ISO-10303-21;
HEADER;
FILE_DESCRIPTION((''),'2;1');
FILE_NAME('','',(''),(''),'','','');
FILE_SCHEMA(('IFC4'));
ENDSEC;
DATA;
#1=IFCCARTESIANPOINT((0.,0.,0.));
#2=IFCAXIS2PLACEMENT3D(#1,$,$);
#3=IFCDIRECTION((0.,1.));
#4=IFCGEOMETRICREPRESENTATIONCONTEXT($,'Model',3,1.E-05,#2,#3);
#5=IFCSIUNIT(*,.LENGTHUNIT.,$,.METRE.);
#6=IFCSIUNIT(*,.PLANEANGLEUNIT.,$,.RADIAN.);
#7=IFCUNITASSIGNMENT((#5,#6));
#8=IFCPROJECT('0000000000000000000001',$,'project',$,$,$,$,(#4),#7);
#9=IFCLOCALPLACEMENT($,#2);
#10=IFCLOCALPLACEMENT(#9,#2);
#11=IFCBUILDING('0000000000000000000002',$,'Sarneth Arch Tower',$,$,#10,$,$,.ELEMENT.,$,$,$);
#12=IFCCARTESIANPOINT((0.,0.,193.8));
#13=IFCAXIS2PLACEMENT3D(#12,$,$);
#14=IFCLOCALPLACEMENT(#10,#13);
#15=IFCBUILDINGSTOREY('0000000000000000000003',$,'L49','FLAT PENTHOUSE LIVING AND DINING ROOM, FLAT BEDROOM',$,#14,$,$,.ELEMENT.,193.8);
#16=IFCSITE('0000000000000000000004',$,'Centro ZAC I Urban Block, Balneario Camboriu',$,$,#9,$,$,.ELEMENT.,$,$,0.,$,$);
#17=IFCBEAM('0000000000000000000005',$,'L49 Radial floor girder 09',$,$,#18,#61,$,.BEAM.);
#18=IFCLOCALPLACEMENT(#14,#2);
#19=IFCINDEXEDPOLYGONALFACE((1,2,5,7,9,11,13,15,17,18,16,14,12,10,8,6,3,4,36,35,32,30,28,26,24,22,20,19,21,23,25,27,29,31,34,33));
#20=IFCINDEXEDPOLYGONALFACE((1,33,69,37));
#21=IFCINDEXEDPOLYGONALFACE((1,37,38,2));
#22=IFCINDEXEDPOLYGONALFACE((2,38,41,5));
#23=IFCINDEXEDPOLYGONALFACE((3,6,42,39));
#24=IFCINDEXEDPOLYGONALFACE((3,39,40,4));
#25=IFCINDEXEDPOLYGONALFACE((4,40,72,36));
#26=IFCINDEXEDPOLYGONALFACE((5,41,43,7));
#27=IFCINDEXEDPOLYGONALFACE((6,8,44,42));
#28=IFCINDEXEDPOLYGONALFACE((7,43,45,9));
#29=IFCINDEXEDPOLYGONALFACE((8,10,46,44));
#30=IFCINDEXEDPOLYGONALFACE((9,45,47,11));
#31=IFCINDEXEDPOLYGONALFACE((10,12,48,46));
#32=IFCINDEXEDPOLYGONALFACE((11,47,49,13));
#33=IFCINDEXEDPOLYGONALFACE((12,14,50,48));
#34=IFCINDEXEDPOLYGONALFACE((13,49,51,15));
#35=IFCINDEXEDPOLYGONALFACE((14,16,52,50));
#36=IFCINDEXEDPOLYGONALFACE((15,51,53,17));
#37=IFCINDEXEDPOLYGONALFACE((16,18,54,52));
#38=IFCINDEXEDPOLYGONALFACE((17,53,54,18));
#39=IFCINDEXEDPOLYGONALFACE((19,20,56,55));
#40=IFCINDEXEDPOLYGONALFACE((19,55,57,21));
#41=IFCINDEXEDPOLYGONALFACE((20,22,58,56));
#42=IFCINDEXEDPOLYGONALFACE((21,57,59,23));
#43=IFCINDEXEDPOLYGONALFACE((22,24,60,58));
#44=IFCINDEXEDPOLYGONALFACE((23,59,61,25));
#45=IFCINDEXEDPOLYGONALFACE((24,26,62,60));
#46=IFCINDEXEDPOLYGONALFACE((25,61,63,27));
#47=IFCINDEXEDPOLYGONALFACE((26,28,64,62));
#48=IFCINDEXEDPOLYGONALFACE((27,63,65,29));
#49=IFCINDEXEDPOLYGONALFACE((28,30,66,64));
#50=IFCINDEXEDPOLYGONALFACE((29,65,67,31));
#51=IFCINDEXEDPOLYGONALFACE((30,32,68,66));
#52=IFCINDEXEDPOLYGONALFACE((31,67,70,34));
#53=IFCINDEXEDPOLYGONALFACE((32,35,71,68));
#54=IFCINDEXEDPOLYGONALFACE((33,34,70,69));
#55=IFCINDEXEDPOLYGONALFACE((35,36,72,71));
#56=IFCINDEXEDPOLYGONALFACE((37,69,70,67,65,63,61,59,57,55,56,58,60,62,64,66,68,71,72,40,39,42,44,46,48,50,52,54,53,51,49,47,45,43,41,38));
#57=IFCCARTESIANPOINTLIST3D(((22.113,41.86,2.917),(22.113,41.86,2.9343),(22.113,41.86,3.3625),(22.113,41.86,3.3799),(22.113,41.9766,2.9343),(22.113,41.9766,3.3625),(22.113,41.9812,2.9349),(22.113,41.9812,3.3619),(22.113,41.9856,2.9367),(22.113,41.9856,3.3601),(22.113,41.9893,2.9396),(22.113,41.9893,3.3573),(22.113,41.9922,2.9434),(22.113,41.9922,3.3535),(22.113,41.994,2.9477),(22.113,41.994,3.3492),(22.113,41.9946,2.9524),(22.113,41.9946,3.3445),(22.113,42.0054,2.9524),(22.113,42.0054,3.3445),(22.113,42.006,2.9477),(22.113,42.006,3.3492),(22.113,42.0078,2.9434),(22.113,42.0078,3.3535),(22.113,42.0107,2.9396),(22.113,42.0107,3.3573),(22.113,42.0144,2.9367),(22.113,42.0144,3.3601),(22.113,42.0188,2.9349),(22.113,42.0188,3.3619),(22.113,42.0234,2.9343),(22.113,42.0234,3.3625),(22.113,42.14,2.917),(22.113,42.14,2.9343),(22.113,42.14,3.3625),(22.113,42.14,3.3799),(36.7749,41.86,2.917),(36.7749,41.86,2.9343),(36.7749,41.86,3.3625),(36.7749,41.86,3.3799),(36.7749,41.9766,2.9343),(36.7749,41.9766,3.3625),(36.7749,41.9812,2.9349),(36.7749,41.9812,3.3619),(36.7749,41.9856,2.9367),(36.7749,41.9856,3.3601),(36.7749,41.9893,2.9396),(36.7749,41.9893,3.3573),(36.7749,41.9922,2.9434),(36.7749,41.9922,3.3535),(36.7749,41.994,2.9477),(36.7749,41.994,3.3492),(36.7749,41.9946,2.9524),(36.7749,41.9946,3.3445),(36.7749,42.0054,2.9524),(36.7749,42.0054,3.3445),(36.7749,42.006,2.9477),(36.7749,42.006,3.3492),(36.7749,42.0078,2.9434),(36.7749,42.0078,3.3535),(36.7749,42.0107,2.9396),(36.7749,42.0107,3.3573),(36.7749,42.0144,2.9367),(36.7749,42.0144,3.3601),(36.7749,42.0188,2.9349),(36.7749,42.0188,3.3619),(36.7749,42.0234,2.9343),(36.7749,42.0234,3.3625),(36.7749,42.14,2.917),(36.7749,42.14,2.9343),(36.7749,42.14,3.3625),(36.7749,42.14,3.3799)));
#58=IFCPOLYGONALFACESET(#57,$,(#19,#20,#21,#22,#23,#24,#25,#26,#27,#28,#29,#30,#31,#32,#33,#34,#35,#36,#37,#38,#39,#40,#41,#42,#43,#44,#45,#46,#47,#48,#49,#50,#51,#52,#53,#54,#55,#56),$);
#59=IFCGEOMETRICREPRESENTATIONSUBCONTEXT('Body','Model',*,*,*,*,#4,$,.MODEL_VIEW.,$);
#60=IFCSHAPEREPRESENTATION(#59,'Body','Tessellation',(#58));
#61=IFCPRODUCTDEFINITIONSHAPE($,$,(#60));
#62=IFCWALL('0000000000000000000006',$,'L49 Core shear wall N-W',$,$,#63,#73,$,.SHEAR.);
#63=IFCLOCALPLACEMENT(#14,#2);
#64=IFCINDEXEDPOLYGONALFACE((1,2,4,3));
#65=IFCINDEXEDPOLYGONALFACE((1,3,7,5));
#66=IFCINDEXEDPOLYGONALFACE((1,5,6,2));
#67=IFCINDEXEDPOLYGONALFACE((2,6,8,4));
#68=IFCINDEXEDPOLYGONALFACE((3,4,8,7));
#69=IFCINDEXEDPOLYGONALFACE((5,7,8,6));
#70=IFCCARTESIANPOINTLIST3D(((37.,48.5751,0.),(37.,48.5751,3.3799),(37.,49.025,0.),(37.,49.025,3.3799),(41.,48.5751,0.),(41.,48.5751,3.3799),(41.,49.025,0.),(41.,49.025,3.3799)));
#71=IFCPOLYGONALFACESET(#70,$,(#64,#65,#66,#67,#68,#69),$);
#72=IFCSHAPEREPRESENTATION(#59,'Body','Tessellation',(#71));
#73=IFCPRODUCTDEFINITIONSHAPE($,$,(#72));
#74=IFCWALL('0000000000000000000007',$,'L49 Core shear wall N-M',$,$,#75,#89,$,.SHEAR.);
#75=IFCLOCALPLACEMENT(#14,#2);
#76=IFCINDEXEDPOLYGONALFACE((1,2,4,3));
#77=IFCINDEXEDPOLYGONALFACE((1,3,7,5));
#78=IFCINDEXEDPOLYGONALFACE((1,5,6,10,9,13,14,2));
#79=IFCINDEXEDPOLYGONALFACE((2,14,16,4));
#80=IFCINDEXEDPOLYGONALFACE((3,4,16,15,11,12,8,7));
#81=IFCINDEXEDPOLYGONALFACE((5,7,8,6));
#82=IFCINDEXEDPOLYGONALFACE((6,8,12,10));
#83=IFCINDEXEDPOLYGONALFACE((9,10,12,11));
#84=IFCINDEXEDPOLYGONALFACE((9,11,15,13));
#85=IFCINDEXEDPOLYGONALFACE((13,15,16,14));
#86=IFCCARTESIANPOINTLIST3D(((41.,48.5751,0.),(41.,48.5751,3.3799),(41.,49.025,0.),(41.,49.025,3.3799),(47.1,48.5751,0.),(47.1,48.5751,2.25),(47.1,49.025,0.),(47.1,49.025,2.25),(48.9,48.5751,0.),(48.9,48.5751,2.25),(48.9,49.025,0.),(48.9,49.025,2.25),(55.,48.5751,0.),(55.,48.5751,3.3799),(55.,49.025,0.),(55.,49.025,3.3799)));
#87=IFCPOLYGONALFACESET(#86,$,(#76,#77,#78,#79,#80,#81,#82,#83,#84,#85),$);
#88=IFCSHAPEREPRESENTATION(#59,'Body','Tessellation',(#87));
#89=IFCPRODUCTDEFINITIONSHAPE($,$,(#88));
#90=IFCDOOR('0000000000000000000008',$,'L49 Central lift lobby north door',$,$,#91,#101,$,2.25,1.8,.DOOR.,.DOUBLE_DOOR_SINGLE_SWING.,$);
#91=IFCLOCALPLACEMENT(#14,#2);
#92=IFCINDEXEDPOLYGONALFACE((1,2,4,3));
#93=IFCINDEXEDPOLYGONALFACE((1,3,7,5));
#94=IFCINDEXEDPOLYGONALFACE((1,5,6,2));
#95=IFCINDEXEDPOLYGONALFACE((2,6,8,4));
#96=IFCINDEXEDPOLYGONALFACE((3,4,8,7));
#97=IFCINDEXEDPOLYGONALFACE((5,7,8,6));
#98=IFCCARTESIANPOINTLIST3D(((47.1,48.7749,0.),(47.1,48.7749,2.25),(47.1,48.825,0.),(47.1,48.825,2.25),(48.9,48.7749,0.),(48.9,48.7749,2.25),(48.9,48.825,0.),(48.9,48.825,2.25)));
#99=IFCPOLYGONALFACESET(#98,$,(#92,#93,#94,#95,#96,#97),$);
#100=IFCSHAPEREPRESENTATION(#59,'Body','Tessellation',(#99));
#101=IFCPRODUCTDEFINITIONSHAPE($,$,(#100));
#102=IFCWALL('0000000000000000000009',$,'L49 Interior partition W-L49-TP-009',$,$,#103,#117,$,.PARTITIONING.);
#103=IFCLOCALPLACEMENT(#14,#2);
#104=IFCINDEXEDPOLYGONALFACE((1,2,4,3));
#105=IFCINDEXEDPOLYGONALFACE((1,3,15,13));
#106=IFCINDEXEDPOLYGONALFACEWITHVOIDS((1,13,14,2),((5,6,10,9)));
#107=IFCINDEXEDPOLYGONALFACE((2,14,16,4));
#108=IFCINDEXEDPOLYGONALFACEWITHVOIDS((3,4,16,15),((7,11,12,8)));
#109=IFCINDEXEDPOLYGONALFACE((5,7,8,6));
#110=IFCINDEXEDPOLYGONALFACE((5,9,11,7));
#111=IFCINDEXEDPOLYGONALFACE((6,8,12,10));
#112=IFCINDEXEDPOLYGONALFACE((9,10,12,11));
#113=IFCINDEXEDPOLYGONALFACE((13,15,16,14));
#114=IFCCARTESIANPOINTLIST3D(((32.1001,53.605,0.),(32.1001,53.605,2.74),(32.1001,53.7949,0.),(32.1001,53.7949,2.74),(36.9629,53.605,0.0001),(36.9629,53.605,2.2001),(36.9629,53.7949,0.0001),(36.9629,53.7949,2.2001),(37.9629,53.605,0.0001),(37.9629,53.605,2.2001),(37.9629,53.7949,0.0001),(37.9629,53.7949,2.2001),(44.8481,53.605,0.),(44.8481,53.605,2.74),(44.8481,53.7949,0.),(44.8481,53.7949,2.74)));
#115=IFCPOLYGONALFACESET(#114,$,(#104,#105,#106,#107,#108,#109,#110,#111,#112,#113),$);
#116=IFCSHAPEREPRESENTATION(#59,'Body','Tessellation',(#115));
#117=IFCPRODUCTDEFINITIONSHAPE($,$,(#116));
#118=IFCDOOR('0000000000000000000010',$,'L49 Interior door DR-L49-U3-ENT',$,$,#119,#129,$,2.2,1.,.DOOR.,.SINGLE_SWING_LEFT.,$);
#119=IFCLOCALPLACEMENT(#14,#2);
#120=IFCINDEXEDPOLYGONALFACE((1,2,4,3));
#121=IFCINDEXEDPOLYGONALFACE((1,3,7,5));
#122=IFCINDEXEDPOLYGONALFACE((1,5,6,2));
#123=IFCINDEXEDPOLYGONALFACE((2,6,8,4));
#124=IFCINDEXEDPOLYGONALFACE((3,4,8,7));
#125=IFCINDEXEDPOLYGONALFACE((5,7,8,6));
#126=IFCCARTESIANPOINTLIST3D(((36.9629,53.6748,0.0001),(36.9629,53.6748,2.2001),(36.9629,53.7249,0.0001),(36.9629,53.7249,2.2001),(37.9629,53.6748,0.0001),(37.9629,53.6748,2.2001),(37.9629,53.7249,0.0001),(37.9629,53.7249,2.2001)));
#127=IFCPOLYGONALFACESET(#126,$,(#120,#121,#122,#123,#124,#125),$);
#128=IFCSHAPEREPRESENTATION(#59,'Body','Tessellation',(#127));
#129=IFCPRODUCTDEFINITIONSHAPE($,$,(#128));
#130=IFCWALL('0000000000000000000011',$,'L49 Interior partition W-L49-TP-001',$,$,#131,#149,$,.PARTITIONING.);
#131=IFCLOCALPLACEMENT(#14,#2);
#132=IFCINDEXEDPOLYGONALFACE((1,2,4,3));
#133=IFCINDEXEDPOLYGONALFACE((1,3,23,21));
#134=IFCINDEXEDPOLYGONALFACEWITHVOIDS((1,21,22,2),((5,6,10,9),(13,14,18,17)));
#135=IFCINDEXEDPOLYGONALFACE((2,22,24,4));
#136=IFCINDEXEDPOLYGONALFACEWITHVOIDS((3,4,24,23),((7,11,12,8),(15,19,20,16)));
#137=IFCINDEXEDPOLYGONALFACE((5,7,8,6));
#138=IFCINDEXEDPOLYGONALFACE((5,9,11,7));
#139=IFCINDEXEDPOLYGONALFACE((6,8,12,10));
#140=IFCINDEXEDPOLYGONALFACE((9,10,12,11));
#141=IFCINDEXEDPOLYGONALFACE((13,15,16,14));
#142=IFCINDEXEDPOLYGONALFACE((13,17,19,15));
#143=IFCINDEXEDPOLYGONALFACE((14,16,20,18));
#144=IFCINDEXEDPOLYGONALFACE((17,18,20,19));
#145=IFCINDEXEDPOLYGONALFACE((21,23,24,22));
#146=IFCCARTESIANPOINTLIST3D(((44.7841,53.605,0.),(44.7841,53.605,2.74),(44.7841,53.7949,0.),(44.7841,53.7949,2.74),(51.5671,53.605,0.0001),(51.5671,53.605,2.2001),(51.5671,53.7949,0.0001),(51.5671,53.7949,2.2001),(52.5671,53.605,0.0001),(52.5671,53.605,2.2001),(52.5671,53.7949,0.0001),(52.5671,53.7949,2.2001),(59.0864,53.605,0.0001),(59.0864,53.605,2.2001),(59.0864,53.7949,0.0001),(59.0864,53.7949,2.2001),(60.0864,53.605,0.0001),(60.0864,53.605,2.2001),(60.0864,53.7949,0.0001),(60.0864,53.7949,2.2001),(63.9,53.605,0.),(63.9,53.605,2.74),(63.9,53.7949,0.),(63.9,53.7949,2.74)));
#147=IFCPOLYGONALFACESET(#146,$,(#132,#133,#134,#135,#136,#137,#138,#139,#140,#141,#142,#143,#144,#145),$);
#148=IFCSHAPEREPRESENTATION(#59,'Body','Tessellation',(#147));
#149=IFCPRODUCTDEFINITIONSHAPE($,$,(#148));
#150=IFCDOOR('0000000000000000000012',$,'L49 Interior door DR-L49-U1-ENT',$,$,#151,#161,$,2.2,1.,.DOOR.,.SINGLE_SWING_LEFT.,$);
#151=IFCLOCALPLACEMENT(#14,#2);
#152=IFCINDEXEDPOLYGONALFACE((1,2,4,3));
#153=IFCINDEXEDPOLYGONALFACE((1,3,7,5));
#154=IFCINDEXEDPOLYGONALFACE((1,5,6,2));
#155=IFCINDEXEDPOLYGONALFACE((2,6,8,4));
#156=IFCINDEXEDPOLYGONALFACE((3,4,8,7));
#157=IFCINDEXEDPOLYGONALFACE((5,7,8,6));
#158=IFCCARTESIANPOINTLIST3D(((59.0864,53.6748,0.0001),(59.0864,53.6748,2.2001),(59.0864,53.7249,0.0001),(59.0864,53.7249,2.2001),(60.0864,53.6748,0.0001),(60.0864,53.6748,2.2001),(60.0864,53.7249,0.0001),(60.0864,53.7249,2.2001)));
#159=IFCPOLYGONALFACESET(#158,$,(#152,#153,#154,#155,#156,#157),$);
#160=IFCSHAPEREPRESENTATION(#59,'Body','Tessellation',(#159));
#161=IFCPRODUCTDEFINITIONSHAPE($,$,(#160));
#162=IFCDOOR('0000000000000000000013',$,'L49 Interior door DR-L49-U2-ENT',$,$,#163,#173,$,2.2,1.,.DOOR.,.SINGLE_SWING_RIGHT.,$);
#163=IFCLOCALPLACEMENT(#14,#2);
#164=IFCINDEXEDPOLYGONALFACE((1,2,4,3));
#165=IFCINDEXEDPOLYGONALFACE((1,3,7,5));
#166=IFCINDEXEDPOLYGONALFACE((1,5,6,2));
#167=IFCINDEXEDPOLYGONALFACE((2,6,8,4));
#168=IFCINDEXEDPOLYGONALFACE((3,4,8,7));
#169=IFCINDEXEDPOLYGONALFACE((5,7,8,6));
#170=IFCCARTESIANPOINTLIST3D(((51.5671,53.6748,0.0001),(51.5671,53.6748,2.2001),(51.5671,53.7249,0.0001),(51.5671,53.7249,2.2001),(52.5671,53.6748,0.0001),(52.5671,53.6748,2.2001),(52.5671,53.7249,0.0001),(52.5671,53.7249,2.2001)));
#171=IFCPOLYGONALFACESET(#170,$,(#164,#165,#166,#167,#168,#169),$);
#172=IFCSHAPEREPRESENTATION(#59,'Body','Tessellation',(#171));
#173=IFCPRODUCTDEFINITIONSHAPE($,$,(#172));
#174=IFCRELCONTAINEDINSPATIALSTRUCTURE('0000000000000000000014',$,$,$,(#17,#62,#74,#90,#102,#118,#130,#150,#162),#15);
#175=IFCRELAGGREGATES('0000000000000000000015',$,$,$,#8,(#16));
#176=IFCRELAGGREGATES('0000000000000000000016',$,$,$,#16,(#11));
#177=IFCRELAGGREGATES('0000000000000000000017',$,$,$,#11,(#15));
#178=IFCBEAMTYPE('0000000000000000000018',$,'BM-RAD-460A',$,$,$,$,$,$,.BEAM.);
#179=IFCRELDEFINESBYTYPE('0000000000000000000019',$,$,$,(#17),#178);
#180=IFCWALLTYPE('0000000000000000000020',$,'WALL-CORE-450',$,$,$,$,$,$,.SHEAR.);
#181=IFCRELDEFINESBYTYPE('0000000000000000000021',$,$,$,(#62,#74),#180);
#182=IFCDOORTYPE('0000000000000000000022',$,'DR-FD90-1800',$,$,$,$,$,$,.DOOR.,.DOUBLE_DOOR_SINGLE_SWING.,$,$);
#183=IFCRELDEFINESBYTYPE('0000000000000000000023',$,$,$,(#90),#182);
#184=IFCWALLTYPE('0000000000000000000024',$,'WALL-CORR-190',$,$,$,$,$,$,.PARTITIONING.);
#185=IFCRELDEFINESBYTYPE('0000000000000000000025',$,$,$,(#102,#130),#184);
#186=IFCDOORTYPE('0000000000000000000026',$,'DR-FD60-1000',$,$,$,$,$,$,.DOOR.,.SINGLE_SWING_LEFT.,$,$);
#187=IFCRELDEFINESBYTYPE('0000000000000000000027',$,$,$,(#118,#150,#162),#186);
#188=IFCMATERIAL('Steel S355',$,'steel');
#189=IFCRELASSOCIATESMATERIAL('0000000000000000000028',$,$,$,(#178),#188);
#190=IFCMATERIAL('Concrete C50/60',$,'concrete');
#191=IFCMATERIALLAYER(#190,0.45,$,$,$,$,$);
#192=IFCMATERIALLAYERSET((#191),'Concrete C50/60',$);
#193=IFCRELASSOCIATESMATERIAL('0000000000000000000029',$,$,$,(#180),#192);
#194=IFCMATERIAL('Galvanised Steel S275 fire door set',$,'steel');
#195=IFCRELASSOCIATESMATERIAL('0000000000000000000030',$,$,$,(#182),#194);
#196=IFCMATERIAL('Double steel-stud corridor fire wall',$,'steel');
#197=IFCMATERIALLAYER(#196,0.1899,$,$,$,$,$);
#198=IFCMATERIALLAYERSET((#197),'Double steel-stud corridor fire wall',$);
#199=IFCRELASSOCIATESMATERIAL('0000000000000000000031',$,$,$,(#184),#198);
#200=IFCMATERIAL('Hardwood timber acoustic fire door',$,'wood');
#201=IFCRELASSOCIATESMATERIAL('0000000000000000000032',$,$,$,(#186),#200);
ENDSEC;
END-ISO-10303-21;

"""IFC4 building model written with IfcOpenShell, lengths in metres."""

from ifc_helpers import new_model, si_unit, direction, frame, frame_2d, origin, origin_2d, place, context, subcontext, project, spatial, rectangle, i_section, extrude, material, layer, layer_set, material_profile, profile_set, type_object, element, fill, save


model = new_model("IFC4")

# Units and contexts
model_context = context("Model", 3, precision=1e-05, world=origin(), true_north=direction((0.0, 1.0)))
body_context = subcontext(model_context, "Body", "Model", "MODEL_VIEW")
ifc_project = project(units=[si_unit("LENGTHUNIT", "METRE"), si_unit("PLANEANGLEUNIT", "RADIAN")], contexts=[model_context])

# Site, building, storey
site_placement = place(None, origin())
site = spatial("IfcSite", under=ifc_project, at=site_placement, Name="Centro ZAC I Urban Block, Balneario Camboriu", CompositionType="ELEMENT", RefElevation=0.0)
building_placement = place(site_placement, origin())
building = spatial("IfcBuilding", under=site, at=building_placement, Name="Sarneth Arch Tower", CompositionType="ELEMENT")
storey_placement = place(building_placement, frame((0.0, 0.0, 193.8)))
storey = spatial("IfcBuildingStorey", under=building, at=storey_placement, Name="L49", Description="FLAT PENTHOUSE LIVING AND DINING ROOM, FLAT BEDROOM", CompositionType="ELEMENT", Elevation=193.8)

# Beam
ifc_material_1 = material(Name="Steel S355", Category="steel")
ifc_material_profile_1 = material_profile(ifc_material_1, i_section(OverallWidth=0.28, OverallDepth=0.4629, WebThickness=0.0107, FlangeThickness=0.0173, FilletRadius=0.0181, at=origin_2d()), Name="W460x113")
ifc_profile_set_1 = profile_set([ifc_material_profile_1], Name="Steel S355")
beam_type_1 = type_object("IfcBeamType", Name="BM-RAD-460A", PredefinedType="BEAM", material=ifc_profile_set_1)
beam_1_placement = place(storey_placement, frame((36.7749, 42.0, 3.1484), z_axis=(-1.0, 0.0, 0.0), x_axis=(0.0, -1.0, 0.0)))
element("IfcBeam", 1, at=beam_1_placement, inside=storey, type_object=beam_type_1, Name="L49 Radial floor girder 09", PredefinedType="BEAM", context=body_context, shape_type="SweptSolid", body=[
    extrude(i_section(OverallWidth=0.28, OverallDepth=0.4629, WebThickness=0.0107, FlangeThickness=0.0173, FilletRadius=0.0181, at=origin_2d()), origin(), (0.0, 0.0, 1.0), 14.6619),
])

# Wall
ifc_material_2 = material(Name="Concrete C50/60", Category="concrete")
ifc_layer_1 = layer(ifc_material_2, 0.45)
ifc_layer_set_1 = layer_set([ifc_layer_1], Name="Concrete C50/60")
wall_type_1 = type_object("IfcWallType", Name="WALL-CORE-450", PredefinedType="SHEAR", material=ifc_layer_set_1)
wall_1_placement = place(storey_placement, frame((37.0, 48.8, 0.0), z_axis=(0.0, 0.0, 1.0), x_axis=(1.0, 0.0, 0.0)))
element("IfcWall", 2, at=wall_1_placement, inside=storey, type_object=wall_type_1, Name="L49 Core shear wall N-W", PredefinedType="SHEAR", context=body_context, shape_type="SweptSolid", body=[
    extrude(rectangle(XDim=4.0, YDim=0.45, at=frame_2d((2.0, 0.0))), origin(), (0.0, 0.0, 1.0), 3.3799),
])

# Walls, openings, doors
wall_2_placement = place(storey_placement, frame((41.0, 48.8, 0.0), z_axis=(0.0, 0.0, 1.0), x_axis=(1.0, 0.0, 0.0)))
wall_2 = element("IfcWall", 3, at=wall_2_placement, inside=storey, type_object=wall_type_1, Name="L49 Core shear wall N-M", PredefinedType="SHEAR", context=body_context, shape_type="SweptSolid", body=[
    extrude(rectangle(XDim=14.0, YDim=0.45, at=frame_2d((7.0, 0.0))), origin(), (0.0, 0.0, 1.0), 3.3799),
])
opening_1_placement = place(wall_2_placement, frame((6.1001, 0.0, 0.0)))
opening_1 = element("IfcOpeningElement", 4, at=opening_1_placement, cuts=wall_2, PredefinedType="OPENING", context=body_context, shape_type="SweptSolid", body=[
    extrude(rectangle(XDim=1.8, YDim=2.25, at=frame_2d((0.8999, 1.125))), frame((0.0, 0.2349, 0.0), z_axis=(0.0, -1.0, 0.0), x_axis=(1.0, 0.0, 0.0)), (0.0, 0.0, 1.0), 0.47),
])
ifc_material_3 = material(Name="Galvanised Steel S275 fire door set", Category="steel")
door_type_1 = type_object("IfcDoorType", Name="DR-FD90-1800", OperationType="DOUBLE_DOOR_SINGLE_SWING", PredefinedType="DOOR", material=ifc_material_3)
door_1_placement = place(opening_1_placement, origin())
door_1 = element("IfcDoor", 5, at=door_1_placement, inside=storey, type_object=door_type_1, Name="L49 Central lift lobby north door", OperationType="DOUBLE_DOOR_SINGLE_SWING", OverallHeight=2.25, OverallWidth=1.8, PredefinedType="DOOR", context=body_context, shape_type="SweptSolid", body=[
    extrude(rectangle(XDim=1.8, YDim=2.25, at=frame_2d((0.8999, 1.125))), frame((0.0, 0.0249, 0.0), z_axis=(0.0, -1.0, 0.0), x_axis=(1.0, 0.0, 0.0)), (0.0, 0.0, 1.0), 0.05),
])
fill(opening_1, door_1)
ifc_material_4 = material(Name="Double steel-stud corridor fire wall", Category="steel")
ifc_layer_2 = layer(ifc_material_4, 0.1899)
ifc_layer_set_2 = layer_set([ifc_layer_2], Name="Double steel-stud corridor fire wall")
wall_type_2 = type_object("IfcWallType", Name="WALL-CORR-190", PredefinedType="PARTITIONING", material=ifc_layer_set_2)
wall_3_placement = place(storey_placement, frame((32.1001, 53.7, 0.0), z_axis=(0.0, 0.0, 1.0), x_axis=(1.0, 0.0, 0.0)))
wall_3 = element("IfcWall", 6, at=wall_3_placement, inside=storey, type_object=wall_type_2, Name="L49 Interior partition W-L49-TP-009", PredefinedType="PARTITIONING", context=body_context, shape_type="SweptSolid", body=[
    extrude(rectangle(XDim=12.748, YDim=0.1899, at=frame_2d((6.374, 0.0))), origin(), (0.0, 0.0, 1.0), 2.74),
])
opening_2_placement = place(wall_3_placement, frame((4.8628, 0.0, 0.0)))
opening_2 = element("IfcOpeningElement", 7, at=opening_2_placement, cuts=wall_3, PredefinedType="OPENING", context=body_context, shape_type="SweptSolid", body=[
    extrude(rectangle(XDim=1.0, YDim=2.2, at=frame_2d((0.5, 1.1001))), frame((0.0, 0.105, 0.0), z_axis=(0.0, -1.0, 0.0), x_axis=(1.0, 0.0, 0.0)), (0.0, 0.0, 1.0), 0.21),
])
ifc_material_5 = material(Name="Hardwood timber acoustic fire door", Category="wood")
door_type_2 = type_object("IfcDoorType", Name="DR-FD60-1000", OperationType="SINGLE_SWING_LEFT", PredefinedType="DOOR", material=ifc_material_5)
door_2_placement = place(opening_2_placement, origin())
door_2 = element("IfcDoor", 8, at=door_2_placement, inside=storey, type_object=door_type_2, Name="L49 Interior door DR-L49-U3-ENT", OperationType="SINGLE_SWING_LEFT", OverallHeight=2.2, OverallWidth=1.0, PredefinedType="DOOR", context=body_context, shape_type="SweptSolid", body=[
    extrude(rectangle(XDim=1.0, YDim=2.2, at=frame_2d((0.5, 1.1001))), frame((0.0, 0.0249, 0.0), z_axis=(0.0, -1.0, 0.0), x_axis=(1.0, 0.0, 0.0)), (0.0, 0.0, 1.0), 0.05),
])
fill(opening_2, door_2)

# Wall, openings, doors
wall_4_placement = place(storey_placement, frame((44.7839, 53.7, 0.0), z_axis=(0.0, 0.0, 1.0), x_axis=(1.0, 0.0, 0.0)))
wall_4 = element("IfcWall", 9, at=wall_4_placement, inside=storey, type_object=wall_type_2, Name="L49 Interior partition W-L49-TP-001", PredefinedType="PARTITIONING", context=body_context, shape_type="SweptSolid", body=[
    extrude(rectangle(XDim=19.116, YDim=0.1899, at=frame_2d((9.5581, 0.0))), origin(), (0.0, 0.0, 1.0), 2.74),
])
opening_3_placement = place(wall_4_placement, frame((14.3025, 0.0, 0.0)))
opening_3 = element("IfcOpeningElement", 10, at=opening_3_placement, cuts=wall_4, PredefinedType="OPENING", context=body_context, shape_type="SweptSolid", body=[
    extrude(rectangle(XDim=1.0, YDim=2.2, at=frame_2d((0.5, 1.1001))), frame((0.0, 0.105, 0.0), z_axis=(0.0, -1.0, 0.0), x_axis=(1.0, 0.0, 0.0)), (0.0, 0.0, 1.0), 0.21),
])
opening_4_placement = place(wall_4_placement, frame((6.7832, 0.0, 0.0)))
opening_4 = element("IfcOpeningElement", 11, at=opening_4_placement, cuts=wall_4, PredefinedType="OPENING", context=body_context, shape_type="SweptSolid", body=[
    extrude(rectangle(XDim=1.0, YDim=2.2, at=frame_2d((0.5, 1.1001))), frame((0.0, 0.105, 0.0), z_axis=(0.0, -1.0, 0.0), x_axis=(1.0, 0.0, 0.0)), (0.0, 0.0, 1.0), 0.21),
])
door_3_placement = place(opening_3_placement, origin())
door_3 = element("IfcDoor", 12, at=door_3_placement, inside=storey, type_object=door_type_2, Name="L49 Interior door DR-L49-U1-ENT", OperationType="SINGLE_SWING_LEFT", OverallHeight=2.2, OverallWidth=1.0, PredefinedType="DOOR", context=body_context, shape_type="SweptSolid", body=[
    extrude(rectangle(XDim=1.0, YDim=2.2, at=frame_2d((0.5, 1.1001))), frame((0.0, 0.0249, 0.0), z_axis=(0.0, -1.0, 0.0), x_axis=(1.0, 0.0, 0.0)), (0.0, 0.0, 1.0), 0.05),
])
fill(opening_3, door_3)
door_4_placement = place(opening_4_placement, origin())
door_4 = element("IfcDoor", 13, at=door_4_placement, inside=storey, type_object=door_type_2, Name="L49 Interior door DR-L49-U2-ENT", OperationType="SINGLE_SWING_RIGHT", OverallHeight=2.2, OverallWidth=1.0, PredefinedType="DOOR", context=body_context, shape_type="SweptSolid", body=[
    extrude(rectangle(XDim=1.0, YDim=2.2, at=frame_2d((0.5, 1.1001))), frame((0.0, 0.0249, 0.0), z_axis=(0.0, -1.0, 0.0), x_axis=(1.0, 0.0, 0.0)), (0.0, 0.0, 1.0), 0.05),
])
fill(opening_4, door_4)

save(model, "model.ifc")
